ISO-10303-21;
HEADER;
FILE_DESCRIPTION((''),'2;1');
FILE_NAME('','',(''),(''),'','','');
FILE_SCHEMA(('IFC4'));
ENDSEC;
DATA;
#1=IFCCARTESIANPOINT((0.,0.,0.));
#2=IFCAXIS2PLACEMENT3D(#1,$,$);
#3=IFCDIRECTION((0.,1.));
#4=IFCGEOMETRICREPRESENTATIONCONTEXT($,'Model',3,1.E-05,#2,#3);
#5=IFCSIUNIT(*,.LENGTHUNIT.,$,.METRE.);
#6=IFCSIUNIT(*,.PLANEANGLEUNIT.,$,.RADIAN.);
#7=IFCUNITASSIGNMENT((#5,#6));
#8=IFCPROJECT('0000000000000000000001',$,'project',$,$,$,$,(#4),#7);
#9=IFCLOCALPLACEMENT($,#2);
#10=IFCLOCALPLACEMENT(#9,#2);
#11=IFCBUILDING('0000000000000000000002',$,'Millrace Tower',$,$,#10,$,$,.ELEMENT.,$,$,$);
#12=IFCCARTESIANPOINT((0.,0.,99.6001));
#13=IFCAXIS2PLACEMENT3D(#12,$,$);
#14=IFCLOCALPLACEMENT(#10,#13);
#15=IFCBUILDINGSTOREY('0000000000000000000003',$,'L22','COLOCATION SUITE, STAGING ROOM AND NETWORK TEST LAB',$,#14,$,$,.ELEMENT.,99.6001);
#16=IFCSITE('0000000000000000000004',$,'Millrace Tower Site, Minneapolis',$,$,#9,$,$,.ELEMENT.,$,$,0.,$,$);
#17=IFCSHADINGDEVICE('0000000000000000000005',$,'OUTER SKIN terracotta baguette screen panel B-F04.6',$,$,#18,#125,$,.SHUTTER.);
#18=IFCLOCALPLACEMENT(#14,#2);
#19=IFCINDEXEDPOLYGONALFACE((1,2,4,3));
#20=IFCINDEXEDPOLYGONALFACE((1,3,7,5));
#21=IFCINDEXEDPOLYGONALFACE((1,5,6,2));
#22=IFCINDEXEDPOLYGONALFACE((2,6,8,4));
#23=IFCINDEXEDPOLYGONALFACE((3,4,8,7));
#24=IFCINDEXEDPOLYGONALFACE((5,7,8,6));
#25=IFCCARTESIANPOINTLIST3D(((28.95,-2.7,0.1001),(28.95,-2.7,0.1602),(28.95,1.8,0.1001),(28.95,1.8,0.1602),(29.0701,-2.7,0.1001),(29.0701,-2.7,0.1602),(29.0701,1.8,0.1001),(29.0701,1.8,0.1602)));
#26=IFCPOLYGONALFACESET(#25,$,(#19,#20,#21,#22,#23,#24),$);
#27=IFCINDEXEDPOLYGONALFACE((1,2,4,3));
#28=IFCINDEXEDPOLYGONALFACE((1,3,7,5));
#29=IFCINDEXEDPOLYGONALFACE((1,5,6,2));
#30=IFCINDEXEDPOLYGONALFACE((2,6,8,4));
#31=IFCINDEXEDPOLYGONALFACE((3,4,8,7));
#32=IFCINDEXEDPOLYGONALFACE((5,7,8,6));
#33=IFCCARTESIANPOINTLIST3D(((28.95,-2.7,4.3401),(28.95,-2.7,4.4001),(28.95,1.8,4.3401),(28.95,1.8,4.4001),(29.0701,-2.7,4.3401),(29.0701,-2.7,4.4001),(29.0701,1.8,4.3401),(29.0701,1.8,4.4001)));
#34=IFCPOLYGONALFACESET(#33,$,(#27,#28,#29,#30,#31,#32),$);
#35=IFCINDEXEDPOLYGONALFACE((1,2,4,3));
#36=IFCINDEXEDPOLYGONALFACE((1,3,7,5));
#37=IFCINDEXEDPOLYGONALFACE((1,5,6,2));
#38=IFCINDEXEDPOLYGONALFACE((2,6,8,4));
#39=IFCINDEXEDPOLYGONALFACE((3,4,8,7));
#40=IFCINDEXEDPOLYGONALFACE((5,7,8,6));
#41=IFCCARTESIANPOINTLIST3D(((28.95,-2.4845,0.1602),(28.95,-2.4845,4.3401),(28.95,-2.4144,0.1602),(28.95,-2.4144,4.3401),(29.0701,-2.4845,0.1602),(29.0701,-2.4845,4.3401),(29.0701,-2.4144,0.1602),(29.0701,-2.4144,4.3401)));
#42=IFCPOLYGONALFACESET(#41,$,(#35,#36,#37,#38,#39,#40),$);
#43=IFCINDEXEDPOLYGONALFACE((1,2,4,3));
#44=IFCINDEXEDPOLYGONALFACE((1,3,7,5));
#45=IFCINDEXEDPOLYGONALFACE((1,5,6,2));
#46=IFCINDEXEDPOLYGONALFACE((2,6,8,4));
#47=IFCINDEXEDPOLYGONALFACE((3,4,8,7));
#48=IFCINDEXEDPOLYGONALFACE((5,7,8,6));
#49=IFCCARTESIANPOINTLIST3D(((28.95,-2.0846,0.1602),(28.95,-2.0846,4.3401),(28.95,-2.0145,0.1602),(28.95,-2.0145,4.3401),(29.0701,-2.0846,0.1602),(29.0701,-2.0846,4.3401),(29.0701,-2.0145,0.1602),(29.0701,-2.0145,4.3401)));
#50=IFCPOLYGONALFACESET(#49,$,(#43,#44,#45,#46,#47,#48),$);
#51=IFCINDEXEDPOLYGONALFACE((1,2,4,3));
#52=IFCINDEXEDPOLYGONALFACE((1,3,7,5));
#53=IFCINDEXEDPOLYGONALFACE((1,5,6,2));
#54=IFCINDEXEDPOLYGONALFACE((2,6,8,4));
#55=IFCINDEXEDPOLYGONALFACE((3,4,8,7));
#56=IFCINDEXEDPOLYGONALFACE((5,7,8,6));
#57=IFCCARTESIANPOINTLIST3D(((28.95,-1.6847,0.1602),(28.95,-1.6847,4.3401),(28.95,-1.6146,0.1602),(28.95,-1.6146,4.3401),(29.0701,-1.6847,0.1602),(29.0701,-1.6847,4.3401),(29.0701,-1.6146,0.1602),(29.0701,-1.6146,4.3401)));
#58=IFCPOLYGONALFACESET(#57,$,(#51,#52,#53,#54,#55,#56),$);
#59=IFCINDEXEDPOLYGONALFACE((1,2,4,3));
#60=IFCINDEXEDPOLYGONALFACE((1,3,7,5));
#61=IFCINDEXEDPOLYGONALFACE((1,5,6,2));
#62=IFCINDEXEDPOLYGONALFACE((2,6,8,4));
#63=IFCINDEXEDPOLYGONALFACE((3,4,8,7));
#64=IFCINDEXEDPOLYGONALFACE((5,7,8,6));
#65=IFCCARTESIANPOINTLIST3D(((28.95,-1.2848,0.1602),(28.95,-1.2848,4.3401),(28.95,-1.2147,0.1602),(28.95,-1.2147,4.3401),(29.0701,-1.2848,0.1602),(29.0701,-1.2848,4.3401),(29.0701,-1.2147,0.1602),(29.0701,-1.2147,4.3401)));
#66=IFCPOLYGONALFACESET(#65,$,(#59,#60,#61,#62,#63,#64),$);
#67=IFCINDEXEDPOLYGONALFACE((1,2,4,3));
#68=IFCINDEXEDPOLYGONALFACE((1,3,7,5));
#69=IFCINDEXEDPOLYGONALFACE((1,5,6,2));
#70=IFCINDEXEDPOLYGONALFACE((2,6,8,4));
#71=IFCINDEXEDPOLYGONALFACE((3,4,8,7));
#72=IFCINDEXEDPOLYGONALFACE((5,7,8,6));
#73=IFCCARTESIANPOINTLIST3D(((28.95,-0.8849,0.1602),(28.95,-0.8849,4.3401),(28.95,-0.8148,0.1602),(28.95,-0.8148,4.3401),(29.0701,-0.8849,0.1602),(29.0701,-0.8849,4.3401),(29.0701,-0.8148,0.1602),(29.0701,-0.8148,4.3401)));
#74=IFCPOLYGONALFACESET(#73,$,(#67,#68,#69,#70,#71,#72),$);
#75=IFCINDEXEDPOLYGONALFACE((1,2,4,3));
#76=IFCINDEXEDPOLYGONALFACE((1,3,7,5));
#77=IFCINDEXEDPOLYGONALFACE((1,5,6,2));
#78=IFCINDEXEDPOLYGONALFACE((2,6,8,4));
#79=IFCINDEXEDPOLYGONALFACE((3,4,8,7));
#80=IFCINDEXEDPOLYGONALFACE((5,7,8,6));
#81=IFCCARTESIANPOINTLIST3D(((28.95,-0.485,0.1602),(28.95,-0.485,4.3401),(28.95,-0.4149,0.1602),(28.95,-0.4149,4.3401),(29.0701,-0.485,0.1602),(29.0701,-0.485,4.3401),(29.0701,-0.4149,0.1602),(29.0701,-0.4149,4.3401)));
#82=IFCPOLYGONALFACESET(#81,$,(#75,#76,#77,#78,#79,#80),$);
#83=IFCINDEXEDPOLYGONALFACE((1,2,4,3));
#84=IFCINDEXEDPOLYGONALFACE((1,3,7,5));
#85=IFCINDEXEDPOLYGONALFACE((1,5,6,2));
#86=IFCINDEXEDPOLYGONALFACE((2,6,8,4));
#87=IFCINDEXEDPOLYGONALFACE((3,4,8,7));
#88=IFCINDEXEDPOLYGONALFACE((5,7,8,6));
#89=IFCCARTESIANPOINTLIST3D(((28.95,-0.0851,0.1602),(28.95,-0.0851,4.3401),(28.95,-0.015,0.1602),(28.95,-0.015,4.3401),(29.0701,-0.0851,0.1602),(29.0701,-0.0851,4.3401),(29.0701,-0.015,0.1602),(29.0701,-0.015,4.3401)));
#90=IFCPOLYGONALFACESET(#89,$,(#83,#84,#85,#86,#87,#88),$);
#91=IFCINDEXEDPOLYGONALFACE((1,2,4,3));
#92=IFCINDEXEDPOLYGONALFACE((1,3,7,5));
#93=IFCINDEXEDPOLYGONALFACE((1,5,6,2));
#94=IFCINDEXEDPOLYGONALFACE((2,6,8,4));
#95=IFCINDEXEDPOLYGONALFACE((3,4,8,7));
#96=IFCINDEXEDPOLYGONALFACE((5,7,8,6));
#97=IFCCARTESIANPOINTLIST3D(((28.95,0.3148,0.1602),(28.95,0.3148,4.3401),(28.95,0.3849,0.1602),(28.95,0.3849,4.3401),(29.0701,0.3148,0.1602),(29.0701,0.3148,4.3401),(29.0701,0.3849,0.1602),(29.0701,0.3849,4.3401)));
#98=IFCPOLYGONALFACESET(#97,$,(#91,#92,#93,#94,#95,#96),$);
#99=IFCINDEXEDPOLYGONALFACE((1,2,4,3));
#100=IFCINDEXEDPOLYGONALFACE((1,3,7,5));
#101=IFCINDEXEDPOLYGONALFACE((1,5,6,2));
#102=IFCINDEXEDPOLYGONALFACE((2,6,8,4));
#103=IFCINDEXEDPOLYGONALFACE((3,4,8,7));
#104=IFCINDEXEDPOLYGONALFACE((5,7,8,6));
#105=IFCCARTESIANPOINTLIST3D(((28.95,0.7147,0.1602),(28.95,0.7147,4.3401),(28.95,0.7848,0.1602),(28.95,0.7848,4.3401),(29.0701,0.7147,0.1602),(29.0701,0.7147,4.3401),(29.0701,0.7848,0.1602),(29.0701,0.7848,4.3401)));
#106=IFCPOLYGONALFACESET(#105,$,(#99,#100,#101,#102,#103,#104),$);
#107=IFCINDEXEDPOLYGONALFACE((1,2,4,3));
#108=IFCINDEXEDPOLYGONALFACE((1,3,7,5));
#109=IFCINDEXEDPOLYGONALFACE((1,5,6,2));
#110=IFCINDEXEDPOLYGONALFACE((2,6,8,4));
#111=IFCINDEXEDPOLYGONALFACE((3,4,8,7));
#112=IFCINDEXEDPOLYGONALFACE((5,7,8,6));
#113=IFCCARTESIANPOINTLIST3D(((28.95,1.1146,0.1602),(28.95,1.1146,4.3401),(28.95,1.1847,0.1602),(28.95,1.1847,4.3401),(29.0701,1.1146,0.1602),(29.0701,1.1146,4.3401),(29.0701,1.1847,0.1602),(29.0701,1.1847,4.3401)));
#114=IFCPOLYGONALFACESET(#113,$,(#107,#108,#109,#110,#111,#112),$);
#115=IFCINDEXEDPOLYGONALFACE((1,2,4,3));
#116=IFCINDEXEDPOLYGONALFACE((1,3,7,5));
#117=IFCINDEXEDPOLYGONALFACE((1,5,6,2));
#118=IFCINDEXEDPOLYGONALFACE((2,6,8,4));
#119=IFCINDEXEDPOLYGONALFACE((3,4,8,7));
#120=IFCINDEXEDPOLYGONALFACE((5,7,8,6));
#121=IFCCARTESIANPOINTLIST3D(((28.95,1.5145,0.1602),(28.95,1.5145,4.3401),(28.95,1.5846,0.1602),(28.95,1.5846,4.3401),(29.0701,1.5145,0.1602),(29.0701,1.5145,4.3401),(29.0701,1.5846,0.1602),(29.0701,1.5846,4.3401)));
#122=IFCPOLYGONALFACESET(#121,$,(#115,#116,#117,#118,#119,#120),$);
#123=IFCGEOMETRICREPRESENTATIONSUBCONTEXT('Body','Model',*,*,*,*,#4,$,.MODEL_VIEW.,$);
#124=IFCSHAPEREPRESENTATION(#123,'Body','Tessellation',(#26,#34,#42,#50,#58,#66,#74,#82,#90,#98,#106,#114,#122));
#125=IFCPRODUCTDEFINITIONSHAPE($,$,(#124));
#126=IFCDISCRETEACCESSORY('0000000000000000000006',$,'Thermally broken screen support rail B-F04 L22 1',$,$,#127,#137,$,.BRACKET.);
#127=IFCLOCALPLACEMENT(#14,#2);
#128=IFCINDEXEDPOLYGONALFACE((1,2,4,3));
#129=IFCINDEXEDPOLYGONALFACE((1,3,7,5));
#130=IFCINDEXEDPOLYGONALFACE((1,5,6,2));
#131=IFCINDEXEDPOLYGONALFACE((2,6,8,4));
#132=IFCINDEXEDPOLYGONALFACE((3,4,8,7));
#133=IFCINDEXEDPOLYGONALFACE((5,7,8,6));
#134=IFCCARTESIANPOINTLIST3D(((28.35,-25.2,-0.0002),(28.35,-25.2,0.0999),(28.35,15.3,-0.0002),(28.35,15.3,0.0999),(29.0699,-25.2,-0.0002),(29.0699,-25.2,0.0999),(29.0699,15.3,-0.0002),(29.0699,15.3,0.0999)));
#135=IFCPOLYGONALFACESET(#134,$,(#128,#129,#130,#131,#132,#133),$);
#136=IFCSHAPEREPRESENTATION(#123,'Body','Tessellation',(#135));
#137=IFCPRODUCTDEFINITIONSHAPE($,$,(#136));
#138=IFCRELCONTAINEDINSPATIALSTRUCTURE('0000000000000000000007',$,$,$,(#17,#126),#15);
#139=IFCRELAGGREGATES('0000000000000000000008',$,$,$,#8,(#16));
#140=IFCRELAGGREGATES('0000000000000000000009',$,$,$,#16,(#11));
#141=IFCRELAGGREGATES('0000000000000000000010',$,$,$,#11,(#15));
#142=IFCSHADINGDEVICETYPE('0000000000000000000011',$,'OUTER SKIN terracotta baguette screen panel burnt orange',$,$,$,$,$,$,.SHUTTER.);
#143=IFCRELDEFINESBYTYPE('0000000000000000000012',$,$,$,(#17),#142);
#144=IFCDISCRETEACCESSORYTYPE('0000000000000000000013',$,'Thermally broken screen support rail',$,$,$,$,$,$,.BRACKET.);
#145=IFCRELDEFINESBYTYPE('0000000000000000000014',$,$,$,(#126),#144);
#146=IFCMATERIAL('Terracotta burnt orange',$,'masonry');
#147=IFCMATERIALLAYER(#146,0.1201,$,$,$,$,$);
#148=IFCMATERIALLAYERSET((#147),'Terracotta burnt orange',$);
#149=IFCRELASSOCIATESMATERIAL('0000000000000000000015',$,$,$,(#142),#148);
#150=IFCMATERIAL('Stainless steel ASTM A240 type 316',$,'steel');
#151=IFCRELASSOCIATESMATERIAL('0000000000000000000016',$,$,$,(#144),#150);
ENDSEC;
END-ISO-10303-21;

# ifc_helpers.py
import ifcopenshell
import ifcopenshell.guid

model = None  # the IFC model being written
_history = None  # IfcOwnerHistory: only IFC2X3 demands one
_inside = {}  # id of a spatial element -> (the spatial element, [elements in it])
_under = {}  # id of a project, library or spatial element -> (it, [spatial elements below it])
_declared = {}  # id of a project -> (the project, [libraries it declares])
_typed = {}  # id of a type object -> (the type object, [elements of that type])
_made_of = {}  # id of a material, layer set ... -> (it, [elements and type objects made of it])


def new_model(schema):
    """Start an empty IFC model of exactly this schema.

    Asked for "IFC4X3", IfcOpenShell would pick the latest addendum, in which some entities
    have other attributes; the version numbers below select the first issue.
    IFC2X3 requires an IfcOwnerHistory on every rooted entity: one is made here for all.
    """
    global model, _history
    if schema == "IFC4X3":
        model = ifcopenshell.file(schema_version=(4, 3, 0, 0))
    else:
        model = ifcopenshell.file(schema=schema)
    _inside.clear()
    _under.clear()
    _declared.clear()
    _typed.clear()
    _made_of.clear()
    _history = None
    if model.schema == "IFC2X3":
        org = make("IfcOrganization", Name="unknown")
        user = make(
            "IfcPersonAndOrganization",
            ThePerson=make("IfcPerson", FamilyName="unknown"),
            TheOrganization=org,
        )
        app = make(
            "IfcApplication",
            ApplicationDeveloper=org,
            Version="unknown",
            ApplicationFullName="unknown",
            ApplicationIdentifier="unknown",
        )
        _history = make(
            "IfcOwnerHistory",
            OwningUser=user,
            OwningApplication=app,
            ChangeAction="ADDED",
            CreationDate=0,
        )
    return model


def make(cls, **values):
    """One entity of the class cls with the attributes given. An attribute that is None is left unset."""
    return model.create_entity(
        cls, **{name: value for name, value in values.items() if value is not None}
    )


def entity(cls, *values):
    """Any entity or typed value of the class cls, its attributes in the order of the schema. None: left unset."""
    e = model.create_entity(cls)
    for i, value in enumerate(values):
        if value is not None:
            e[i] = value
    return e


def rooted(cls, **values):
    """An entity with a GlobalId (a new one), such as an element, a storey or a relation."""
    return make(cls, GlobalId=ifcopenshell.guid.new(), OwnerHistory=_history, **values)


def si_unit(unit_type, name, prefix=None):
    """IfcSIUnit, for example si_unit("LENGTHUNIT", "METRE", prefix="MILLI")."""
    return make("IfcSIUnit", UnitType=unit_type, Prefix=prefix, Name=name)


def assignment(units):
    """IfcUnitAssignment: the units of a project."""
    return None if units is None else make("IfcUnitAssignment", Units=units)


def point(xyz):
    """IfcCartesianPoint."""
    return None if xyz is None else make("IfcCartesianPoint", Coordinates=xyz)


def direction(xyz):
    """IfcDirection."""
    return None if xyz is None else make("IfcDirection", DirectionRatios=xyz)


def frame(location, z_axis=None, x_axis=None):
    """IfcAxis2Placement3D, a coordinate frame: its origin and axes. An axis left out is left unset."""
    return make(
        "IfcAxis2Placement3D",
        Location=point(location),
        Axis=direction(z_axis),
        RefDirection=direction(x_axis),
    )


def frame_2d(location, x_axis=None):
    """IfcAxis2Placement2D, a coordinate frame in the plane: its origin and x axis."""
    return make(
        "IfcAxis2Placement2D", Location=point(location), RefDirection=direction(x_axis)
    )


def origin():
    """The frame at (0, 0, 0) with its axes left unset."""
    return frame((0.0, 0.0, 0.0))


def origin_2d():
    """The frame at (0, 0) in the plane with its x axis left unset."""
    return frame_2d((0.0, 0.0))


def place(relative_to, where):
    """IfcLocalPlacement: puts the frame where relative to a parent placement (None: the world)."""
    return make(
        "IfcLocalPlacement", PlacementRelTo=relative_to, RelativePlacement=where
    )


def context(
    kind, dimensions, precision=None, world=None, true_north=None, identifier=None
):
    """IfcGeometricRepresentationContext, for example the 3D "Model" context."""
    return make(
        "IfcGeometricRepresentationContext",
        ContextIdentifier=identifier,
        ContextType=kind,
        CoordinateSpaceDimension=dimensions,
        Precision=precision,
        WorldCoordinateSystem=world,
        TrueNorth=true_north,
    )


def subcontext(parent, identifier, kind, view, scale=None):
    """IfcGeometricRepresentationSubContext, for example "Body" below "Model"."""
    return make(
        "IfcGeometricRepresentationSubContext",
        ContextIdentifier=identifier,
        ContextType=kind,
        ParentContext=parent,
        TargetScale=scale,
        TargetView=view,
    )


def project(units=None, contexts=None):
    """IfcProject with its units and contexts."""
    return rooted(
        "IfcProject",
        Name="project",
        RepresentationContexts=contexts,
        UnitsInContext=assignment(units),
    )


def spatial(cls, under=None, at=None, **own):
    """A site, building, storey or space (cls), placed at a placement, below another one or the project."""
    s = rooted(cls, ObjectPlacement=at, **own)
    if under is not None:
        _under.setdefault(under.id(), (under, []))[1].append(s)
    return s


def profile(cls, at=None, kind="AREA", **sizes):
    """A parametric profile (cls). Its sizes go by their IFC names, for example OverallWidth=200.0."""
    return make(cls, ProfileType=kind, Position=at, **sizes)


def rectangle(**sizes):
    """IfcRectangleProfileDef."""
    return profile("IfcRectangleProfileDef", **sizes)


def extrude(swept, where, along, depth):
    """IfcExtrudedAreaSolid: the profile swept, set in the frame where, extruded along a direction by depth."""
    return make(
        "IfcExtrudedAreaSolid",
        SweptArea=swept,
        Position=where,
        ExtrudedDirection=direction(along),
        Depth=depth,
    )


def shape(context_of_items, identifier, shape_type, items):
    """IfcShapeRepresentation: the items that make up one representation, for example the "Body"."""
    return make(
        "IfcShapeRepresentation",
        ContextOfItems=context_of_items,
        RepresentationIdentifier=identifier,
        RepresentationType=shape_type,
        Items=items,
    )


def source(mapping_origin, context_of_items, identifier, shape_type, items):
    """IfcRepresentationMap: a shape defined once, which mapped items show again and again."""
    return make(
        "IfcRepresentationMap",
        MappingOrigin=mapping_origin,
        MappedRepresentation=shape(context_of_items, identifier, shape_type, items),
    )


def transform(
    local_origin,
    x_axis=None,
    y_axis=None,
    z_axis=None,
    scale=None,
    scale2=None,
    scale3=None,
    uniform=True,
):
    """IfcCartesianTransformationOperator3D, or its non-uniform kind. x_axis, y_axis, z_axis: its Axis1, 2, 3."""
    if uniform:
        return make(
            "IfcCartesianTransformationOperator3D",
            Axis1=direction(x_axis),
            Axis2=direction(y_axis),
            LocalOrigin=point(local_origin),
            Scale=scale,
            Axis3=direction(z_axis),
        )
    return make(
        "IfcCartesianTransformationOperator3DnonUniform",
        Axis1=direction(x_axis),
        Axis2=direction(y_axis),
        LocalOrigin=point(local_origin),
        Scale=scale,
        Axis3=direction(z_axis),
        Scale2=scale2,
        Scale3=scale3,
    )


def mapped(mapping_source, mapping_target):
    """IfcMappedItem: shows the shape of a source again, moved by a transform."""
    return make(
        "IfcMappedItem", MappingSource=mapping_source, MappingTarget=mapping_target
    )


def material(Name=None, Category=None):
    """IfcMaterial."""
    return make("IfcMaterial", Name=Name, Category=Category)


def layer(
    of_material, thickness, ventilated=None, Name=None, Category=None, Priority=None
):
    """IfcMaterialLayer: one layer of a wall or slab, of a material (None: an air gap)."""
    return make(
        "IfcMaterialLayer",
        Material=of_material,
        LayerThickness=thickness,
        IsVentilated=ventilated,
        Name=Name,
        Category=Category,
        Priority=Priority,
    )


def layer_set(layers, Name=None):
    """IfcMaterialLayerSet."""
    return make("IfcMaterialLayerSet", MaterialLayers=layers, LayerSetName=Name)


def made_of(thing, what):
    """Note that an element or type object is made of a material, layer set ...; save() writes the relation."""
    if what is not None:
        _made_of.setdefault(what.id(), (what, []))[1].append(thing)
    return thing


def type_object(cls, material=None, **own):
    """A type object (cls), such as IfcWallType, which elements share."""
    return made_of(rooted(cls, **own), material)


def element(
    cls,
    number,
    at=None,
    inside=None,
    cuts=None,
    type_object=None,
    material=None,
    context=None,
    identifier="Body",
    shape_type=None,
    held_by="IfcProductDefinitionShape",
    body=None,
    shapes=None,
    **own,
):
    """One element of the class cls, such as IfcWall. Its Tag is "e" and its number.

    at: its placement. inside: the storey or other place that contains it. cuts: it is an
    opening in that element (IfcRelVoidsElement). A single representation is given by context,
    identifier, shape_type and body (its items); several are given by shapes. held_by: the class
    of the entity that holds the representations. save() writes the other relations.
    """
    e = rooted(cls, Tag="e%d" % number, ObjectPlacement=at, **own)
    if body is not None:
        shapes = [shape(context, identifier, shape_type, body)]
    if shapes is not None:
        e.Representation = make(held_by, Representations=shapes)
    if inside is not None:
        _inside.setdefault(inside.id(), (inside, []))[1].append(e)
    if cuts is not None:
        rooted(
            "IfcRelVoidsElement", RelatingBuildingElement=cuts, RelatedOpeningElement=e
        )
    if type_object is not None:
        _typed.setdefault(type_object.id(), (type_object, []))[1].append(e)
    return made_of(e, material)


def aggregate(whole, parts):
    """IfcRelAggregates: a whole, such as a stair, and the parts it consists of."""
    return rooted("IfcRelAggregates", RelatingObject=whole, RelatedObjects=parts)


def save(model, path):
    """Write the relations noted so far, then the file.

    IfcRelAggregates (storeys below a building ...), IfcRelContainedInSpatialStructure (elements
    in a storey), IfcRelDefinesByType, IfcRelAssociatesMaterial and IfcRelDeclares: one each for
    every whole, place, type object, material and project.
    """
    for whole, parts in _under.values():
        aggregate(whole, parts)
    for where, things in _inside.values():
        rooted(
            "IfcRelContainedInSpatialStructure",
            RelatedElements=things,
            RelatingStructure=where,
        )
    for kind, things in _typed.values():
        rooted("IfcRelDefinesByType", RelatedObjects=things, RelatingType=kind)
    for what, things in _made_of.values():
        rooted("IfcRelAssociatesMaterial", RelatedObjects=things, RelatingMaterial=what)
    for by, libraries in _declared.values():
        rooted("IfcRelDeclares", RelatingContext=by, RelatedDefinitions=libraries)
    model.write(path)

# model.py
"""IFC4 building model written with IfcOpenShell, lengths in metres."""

from ifc_helpers import new_model, entity, si_unit, direction, frame, frame_2d, origin, origin_2d, place, context, subcontext, project, spatial, rectangle, extrude, source, transform, mapped, material, layer, layer_set, type_object, element, save


model = new_model("IFC4")

# Units and contexts
model_context = context("Model", 3, precision=1e-05, world=origin(), true_north=direction((0.0, 1.0)))
body_context = subcontext(model_context, "Body", "Model", "MODEL_VIEW")
ifc_project = project(units=[si_unit("LENGTHUNIT", "METRE"), si_unit("PLANEANGLEUNIT", "RADIAN")], contexts=[model_context])

# Site, building, storey
site_placement = place(None, origin())
site = spatial("IfcSite", under=ifc_project, at=site_placement, Name="Millrace Tower Site, Minneapolis", CompositionType="ELEMENT", RefElevation=0.0)
building_placement = place(site_placement, origin())
building = spatial("IfcBuilding", under=site, at=building_placement, Name="Millrace Tower", CompositionType="ELEMENT")
storey_placement = place(building_placement, frame((0.0, 0.0, 99.6001)))
storey = spatial("IfcBuildingStorey", under=building, at=storey_placement, Name="L22", Description="COLOCATION SUITE, STAGING ROOM AND NETWORK TEST LAB", CompositionType="ELEMENT", Elevation=99.6001)

# Shading device
ifc_material_1 = material(Name="Terracotta burnt orange", Category="masonry")
ifc_layer_1 = layer(ifc_material_1, 0.1201)
ifc_layer_set_1 = layer_set([ifc_layer_1], Name="Terracotta burnt orange")
shading_device_type = type_object("IfcShadingDeviceType", Name="OUTER SKIN terracotta baguette screen panel burnt orange", PredefinedType="SHUTTER", material=ifc_layer_set_1)
cartesian_point = entity("IfcCartesianPoint", [-2.25, 0.0601])
shared_polyline = entity("IfcPolyline", [cartesian_point, entity("IfcCartesianPoint", [2.25, 0.0601]), entity("IfcCartesianPoint", [2.25, -0.0601]), entity("IfcCartesianPoint", [-2.25, -0.0601]), cartesian_point])
shared_shape = source(origin(), body_context, "Body", "SweptSolid", [
    entity("IfcExtrudedAreaSolid", entity("IfcArbitraryClosedProfileDef", "AREA", None, shared_polyline), entity("IfcAxis2Placement3D", entity("IfcCartesianPoint", [0.0, 0.0, 0.0])), entity("IfcDirection", [0.0, 0.0, 1.0]), 0.0601),
    entity("IfcExtrudedAreaSolid", entity("IfcArbitraryClosedProfileDef", "AREA", None, shared_polyline), entity("IfcAxis2Placement3D", entity("IfcCartesianPoint", [0.0, 0.0, 4.24])), entity("IfcDirection", [0.0, 0.0, 1.0]), 0.0601),
    extrude(rectangle(XDim=0.0701, YDim=0.1201, at=frame_2d((-1.9995, 0.0))), frame((0.0, 0.0, 0.0601)), (0.0, 0.0, 1.0), 4.1799),
    extrude(rectangle(XDim=0.0701, YDim=0.1201, at=frame_2d((-1.5996, 0.0))), frame((0.0, 0.0, 0.0601)), (0.0, 0.0, 1.0), 4.1799),
    extrude(rectangle(XDim=0.0701, YDim=0.1201, at=frame_2d((-1.1997, 0.0))), frame((0.0, 0.0, 0.0601)), (0.0, 0.0, 1.0), 4.1799),
    extrude(rectangle(XDim=0.0701, YDim=0.1201, at=frame_2d((-0.7998, 0.0))), frame((0.0, 0.0, 0.0601)), (0.0, 0.0, 1.0), 4.1799),
    extrude(rectangle(XDim=0.0701, YDim=0.1201, at=frame_2d((-0.3999, 0.0))), frame((0.0, 0.0, 0.0601)), (0.0, 0.0, 1.0), 4.1799),
    extrude(rectangle(XDim=0.0701, YDim=0.1201, at=origin_2d()), frame((0.0, 0.0, 0.0601)), (0.0, 0.0, 1.0), 4.1799),
    extrude(rectangle(XDim=0.0701, YDim=0.1201, at=frame_2d((0.3999, 0.0))), frame((0.0, 0.0, 0.0601)), (0.0, 0.0, 1.0), 4.1799),
    extrude(rectangle(XDim=0.0701, YDim=0.1201, at=frame_2d((0.7998, 0.0))), frame((0.0, 0.0, 0.0601)), (0.0, 0.0, 1.0), 4.1799),
    extrude(rectangle(XDim=0.0701, YDim=0.1201, at=frame_2d((1.1997, 0.0))), frame((0.0, 0.0, 0.0601)), (0.0, 0.0, 1.0), 4.1799),
    extrude(rectangle(XDim=0.0701, YDim=0.1201, at=frame_2d((1.5996, 0.0))), frame((0.0, 0.0, 0.0601)), (0.0, 0.0, 1.0), 4.1799),
    extrude(rectangle(XDim=0.0701, YDim=0.1201, at=frame_2d((1.9995, 0.0))), frame((0.0, 0.0, 0.0601)), (0.0, 0.0, 1.0), 4.1799),
])
for number, where, z_axis, x_axis, name in (
    (1, (29.01, -0.45, 0.1001), (0.0, 0.0, 1.0), (0.0, 1.0, 0.0), "OUTER SKIN terracotta baguette screen panel B-F04.6"),
):
    element("IfcShadingDevice", number, at=place(storey_placement, frame(where, z_axis=z_axis, x_axis=x_axis)), inside=storey, type_object=shading_device_type, Name=name, PredefinedType="SHUTTER", context=body_context, shape_type="MappedRepresentation", body=[
        mapped(shared_shape, transform((0.0, 0.0, 0.0), scale=1.0)),
    ])

# Discrete accessory
ifc_material_2 = material(Name="Stainless steel ASTM A240 type 316", Category="steel")
discrete_accessory_type = type_object("IfcDiscreteAccessoryType", Name="Thermally broken screen support rail", PredefinedType="BRACKET", material=ifc_material_2)
discrete_accessory_placement = place(storey_placement, frame((28.71, -4.95, -0.0002), z_axis=(0.0, 0.0, 1.0), x_axis=(0.0, 1.0, 0.0)))
element("IfcDiscreteAccessory", 2, at=discrete_accessory_placement, inside=storey, type_object=discrete_accessory_type, Name="Thermally broken screen support rail B-F04 L22 1", PredefinedType="BRACKET", context=body_context, shape_type="SweptSolid", body=[
    extrude(rectangle(XDim=40.5, YDim=0.72, at=origin_2d()), origin(), (0.0, 0.0, 1.0), 0.1001),
])

save(model, "model.ifc")
